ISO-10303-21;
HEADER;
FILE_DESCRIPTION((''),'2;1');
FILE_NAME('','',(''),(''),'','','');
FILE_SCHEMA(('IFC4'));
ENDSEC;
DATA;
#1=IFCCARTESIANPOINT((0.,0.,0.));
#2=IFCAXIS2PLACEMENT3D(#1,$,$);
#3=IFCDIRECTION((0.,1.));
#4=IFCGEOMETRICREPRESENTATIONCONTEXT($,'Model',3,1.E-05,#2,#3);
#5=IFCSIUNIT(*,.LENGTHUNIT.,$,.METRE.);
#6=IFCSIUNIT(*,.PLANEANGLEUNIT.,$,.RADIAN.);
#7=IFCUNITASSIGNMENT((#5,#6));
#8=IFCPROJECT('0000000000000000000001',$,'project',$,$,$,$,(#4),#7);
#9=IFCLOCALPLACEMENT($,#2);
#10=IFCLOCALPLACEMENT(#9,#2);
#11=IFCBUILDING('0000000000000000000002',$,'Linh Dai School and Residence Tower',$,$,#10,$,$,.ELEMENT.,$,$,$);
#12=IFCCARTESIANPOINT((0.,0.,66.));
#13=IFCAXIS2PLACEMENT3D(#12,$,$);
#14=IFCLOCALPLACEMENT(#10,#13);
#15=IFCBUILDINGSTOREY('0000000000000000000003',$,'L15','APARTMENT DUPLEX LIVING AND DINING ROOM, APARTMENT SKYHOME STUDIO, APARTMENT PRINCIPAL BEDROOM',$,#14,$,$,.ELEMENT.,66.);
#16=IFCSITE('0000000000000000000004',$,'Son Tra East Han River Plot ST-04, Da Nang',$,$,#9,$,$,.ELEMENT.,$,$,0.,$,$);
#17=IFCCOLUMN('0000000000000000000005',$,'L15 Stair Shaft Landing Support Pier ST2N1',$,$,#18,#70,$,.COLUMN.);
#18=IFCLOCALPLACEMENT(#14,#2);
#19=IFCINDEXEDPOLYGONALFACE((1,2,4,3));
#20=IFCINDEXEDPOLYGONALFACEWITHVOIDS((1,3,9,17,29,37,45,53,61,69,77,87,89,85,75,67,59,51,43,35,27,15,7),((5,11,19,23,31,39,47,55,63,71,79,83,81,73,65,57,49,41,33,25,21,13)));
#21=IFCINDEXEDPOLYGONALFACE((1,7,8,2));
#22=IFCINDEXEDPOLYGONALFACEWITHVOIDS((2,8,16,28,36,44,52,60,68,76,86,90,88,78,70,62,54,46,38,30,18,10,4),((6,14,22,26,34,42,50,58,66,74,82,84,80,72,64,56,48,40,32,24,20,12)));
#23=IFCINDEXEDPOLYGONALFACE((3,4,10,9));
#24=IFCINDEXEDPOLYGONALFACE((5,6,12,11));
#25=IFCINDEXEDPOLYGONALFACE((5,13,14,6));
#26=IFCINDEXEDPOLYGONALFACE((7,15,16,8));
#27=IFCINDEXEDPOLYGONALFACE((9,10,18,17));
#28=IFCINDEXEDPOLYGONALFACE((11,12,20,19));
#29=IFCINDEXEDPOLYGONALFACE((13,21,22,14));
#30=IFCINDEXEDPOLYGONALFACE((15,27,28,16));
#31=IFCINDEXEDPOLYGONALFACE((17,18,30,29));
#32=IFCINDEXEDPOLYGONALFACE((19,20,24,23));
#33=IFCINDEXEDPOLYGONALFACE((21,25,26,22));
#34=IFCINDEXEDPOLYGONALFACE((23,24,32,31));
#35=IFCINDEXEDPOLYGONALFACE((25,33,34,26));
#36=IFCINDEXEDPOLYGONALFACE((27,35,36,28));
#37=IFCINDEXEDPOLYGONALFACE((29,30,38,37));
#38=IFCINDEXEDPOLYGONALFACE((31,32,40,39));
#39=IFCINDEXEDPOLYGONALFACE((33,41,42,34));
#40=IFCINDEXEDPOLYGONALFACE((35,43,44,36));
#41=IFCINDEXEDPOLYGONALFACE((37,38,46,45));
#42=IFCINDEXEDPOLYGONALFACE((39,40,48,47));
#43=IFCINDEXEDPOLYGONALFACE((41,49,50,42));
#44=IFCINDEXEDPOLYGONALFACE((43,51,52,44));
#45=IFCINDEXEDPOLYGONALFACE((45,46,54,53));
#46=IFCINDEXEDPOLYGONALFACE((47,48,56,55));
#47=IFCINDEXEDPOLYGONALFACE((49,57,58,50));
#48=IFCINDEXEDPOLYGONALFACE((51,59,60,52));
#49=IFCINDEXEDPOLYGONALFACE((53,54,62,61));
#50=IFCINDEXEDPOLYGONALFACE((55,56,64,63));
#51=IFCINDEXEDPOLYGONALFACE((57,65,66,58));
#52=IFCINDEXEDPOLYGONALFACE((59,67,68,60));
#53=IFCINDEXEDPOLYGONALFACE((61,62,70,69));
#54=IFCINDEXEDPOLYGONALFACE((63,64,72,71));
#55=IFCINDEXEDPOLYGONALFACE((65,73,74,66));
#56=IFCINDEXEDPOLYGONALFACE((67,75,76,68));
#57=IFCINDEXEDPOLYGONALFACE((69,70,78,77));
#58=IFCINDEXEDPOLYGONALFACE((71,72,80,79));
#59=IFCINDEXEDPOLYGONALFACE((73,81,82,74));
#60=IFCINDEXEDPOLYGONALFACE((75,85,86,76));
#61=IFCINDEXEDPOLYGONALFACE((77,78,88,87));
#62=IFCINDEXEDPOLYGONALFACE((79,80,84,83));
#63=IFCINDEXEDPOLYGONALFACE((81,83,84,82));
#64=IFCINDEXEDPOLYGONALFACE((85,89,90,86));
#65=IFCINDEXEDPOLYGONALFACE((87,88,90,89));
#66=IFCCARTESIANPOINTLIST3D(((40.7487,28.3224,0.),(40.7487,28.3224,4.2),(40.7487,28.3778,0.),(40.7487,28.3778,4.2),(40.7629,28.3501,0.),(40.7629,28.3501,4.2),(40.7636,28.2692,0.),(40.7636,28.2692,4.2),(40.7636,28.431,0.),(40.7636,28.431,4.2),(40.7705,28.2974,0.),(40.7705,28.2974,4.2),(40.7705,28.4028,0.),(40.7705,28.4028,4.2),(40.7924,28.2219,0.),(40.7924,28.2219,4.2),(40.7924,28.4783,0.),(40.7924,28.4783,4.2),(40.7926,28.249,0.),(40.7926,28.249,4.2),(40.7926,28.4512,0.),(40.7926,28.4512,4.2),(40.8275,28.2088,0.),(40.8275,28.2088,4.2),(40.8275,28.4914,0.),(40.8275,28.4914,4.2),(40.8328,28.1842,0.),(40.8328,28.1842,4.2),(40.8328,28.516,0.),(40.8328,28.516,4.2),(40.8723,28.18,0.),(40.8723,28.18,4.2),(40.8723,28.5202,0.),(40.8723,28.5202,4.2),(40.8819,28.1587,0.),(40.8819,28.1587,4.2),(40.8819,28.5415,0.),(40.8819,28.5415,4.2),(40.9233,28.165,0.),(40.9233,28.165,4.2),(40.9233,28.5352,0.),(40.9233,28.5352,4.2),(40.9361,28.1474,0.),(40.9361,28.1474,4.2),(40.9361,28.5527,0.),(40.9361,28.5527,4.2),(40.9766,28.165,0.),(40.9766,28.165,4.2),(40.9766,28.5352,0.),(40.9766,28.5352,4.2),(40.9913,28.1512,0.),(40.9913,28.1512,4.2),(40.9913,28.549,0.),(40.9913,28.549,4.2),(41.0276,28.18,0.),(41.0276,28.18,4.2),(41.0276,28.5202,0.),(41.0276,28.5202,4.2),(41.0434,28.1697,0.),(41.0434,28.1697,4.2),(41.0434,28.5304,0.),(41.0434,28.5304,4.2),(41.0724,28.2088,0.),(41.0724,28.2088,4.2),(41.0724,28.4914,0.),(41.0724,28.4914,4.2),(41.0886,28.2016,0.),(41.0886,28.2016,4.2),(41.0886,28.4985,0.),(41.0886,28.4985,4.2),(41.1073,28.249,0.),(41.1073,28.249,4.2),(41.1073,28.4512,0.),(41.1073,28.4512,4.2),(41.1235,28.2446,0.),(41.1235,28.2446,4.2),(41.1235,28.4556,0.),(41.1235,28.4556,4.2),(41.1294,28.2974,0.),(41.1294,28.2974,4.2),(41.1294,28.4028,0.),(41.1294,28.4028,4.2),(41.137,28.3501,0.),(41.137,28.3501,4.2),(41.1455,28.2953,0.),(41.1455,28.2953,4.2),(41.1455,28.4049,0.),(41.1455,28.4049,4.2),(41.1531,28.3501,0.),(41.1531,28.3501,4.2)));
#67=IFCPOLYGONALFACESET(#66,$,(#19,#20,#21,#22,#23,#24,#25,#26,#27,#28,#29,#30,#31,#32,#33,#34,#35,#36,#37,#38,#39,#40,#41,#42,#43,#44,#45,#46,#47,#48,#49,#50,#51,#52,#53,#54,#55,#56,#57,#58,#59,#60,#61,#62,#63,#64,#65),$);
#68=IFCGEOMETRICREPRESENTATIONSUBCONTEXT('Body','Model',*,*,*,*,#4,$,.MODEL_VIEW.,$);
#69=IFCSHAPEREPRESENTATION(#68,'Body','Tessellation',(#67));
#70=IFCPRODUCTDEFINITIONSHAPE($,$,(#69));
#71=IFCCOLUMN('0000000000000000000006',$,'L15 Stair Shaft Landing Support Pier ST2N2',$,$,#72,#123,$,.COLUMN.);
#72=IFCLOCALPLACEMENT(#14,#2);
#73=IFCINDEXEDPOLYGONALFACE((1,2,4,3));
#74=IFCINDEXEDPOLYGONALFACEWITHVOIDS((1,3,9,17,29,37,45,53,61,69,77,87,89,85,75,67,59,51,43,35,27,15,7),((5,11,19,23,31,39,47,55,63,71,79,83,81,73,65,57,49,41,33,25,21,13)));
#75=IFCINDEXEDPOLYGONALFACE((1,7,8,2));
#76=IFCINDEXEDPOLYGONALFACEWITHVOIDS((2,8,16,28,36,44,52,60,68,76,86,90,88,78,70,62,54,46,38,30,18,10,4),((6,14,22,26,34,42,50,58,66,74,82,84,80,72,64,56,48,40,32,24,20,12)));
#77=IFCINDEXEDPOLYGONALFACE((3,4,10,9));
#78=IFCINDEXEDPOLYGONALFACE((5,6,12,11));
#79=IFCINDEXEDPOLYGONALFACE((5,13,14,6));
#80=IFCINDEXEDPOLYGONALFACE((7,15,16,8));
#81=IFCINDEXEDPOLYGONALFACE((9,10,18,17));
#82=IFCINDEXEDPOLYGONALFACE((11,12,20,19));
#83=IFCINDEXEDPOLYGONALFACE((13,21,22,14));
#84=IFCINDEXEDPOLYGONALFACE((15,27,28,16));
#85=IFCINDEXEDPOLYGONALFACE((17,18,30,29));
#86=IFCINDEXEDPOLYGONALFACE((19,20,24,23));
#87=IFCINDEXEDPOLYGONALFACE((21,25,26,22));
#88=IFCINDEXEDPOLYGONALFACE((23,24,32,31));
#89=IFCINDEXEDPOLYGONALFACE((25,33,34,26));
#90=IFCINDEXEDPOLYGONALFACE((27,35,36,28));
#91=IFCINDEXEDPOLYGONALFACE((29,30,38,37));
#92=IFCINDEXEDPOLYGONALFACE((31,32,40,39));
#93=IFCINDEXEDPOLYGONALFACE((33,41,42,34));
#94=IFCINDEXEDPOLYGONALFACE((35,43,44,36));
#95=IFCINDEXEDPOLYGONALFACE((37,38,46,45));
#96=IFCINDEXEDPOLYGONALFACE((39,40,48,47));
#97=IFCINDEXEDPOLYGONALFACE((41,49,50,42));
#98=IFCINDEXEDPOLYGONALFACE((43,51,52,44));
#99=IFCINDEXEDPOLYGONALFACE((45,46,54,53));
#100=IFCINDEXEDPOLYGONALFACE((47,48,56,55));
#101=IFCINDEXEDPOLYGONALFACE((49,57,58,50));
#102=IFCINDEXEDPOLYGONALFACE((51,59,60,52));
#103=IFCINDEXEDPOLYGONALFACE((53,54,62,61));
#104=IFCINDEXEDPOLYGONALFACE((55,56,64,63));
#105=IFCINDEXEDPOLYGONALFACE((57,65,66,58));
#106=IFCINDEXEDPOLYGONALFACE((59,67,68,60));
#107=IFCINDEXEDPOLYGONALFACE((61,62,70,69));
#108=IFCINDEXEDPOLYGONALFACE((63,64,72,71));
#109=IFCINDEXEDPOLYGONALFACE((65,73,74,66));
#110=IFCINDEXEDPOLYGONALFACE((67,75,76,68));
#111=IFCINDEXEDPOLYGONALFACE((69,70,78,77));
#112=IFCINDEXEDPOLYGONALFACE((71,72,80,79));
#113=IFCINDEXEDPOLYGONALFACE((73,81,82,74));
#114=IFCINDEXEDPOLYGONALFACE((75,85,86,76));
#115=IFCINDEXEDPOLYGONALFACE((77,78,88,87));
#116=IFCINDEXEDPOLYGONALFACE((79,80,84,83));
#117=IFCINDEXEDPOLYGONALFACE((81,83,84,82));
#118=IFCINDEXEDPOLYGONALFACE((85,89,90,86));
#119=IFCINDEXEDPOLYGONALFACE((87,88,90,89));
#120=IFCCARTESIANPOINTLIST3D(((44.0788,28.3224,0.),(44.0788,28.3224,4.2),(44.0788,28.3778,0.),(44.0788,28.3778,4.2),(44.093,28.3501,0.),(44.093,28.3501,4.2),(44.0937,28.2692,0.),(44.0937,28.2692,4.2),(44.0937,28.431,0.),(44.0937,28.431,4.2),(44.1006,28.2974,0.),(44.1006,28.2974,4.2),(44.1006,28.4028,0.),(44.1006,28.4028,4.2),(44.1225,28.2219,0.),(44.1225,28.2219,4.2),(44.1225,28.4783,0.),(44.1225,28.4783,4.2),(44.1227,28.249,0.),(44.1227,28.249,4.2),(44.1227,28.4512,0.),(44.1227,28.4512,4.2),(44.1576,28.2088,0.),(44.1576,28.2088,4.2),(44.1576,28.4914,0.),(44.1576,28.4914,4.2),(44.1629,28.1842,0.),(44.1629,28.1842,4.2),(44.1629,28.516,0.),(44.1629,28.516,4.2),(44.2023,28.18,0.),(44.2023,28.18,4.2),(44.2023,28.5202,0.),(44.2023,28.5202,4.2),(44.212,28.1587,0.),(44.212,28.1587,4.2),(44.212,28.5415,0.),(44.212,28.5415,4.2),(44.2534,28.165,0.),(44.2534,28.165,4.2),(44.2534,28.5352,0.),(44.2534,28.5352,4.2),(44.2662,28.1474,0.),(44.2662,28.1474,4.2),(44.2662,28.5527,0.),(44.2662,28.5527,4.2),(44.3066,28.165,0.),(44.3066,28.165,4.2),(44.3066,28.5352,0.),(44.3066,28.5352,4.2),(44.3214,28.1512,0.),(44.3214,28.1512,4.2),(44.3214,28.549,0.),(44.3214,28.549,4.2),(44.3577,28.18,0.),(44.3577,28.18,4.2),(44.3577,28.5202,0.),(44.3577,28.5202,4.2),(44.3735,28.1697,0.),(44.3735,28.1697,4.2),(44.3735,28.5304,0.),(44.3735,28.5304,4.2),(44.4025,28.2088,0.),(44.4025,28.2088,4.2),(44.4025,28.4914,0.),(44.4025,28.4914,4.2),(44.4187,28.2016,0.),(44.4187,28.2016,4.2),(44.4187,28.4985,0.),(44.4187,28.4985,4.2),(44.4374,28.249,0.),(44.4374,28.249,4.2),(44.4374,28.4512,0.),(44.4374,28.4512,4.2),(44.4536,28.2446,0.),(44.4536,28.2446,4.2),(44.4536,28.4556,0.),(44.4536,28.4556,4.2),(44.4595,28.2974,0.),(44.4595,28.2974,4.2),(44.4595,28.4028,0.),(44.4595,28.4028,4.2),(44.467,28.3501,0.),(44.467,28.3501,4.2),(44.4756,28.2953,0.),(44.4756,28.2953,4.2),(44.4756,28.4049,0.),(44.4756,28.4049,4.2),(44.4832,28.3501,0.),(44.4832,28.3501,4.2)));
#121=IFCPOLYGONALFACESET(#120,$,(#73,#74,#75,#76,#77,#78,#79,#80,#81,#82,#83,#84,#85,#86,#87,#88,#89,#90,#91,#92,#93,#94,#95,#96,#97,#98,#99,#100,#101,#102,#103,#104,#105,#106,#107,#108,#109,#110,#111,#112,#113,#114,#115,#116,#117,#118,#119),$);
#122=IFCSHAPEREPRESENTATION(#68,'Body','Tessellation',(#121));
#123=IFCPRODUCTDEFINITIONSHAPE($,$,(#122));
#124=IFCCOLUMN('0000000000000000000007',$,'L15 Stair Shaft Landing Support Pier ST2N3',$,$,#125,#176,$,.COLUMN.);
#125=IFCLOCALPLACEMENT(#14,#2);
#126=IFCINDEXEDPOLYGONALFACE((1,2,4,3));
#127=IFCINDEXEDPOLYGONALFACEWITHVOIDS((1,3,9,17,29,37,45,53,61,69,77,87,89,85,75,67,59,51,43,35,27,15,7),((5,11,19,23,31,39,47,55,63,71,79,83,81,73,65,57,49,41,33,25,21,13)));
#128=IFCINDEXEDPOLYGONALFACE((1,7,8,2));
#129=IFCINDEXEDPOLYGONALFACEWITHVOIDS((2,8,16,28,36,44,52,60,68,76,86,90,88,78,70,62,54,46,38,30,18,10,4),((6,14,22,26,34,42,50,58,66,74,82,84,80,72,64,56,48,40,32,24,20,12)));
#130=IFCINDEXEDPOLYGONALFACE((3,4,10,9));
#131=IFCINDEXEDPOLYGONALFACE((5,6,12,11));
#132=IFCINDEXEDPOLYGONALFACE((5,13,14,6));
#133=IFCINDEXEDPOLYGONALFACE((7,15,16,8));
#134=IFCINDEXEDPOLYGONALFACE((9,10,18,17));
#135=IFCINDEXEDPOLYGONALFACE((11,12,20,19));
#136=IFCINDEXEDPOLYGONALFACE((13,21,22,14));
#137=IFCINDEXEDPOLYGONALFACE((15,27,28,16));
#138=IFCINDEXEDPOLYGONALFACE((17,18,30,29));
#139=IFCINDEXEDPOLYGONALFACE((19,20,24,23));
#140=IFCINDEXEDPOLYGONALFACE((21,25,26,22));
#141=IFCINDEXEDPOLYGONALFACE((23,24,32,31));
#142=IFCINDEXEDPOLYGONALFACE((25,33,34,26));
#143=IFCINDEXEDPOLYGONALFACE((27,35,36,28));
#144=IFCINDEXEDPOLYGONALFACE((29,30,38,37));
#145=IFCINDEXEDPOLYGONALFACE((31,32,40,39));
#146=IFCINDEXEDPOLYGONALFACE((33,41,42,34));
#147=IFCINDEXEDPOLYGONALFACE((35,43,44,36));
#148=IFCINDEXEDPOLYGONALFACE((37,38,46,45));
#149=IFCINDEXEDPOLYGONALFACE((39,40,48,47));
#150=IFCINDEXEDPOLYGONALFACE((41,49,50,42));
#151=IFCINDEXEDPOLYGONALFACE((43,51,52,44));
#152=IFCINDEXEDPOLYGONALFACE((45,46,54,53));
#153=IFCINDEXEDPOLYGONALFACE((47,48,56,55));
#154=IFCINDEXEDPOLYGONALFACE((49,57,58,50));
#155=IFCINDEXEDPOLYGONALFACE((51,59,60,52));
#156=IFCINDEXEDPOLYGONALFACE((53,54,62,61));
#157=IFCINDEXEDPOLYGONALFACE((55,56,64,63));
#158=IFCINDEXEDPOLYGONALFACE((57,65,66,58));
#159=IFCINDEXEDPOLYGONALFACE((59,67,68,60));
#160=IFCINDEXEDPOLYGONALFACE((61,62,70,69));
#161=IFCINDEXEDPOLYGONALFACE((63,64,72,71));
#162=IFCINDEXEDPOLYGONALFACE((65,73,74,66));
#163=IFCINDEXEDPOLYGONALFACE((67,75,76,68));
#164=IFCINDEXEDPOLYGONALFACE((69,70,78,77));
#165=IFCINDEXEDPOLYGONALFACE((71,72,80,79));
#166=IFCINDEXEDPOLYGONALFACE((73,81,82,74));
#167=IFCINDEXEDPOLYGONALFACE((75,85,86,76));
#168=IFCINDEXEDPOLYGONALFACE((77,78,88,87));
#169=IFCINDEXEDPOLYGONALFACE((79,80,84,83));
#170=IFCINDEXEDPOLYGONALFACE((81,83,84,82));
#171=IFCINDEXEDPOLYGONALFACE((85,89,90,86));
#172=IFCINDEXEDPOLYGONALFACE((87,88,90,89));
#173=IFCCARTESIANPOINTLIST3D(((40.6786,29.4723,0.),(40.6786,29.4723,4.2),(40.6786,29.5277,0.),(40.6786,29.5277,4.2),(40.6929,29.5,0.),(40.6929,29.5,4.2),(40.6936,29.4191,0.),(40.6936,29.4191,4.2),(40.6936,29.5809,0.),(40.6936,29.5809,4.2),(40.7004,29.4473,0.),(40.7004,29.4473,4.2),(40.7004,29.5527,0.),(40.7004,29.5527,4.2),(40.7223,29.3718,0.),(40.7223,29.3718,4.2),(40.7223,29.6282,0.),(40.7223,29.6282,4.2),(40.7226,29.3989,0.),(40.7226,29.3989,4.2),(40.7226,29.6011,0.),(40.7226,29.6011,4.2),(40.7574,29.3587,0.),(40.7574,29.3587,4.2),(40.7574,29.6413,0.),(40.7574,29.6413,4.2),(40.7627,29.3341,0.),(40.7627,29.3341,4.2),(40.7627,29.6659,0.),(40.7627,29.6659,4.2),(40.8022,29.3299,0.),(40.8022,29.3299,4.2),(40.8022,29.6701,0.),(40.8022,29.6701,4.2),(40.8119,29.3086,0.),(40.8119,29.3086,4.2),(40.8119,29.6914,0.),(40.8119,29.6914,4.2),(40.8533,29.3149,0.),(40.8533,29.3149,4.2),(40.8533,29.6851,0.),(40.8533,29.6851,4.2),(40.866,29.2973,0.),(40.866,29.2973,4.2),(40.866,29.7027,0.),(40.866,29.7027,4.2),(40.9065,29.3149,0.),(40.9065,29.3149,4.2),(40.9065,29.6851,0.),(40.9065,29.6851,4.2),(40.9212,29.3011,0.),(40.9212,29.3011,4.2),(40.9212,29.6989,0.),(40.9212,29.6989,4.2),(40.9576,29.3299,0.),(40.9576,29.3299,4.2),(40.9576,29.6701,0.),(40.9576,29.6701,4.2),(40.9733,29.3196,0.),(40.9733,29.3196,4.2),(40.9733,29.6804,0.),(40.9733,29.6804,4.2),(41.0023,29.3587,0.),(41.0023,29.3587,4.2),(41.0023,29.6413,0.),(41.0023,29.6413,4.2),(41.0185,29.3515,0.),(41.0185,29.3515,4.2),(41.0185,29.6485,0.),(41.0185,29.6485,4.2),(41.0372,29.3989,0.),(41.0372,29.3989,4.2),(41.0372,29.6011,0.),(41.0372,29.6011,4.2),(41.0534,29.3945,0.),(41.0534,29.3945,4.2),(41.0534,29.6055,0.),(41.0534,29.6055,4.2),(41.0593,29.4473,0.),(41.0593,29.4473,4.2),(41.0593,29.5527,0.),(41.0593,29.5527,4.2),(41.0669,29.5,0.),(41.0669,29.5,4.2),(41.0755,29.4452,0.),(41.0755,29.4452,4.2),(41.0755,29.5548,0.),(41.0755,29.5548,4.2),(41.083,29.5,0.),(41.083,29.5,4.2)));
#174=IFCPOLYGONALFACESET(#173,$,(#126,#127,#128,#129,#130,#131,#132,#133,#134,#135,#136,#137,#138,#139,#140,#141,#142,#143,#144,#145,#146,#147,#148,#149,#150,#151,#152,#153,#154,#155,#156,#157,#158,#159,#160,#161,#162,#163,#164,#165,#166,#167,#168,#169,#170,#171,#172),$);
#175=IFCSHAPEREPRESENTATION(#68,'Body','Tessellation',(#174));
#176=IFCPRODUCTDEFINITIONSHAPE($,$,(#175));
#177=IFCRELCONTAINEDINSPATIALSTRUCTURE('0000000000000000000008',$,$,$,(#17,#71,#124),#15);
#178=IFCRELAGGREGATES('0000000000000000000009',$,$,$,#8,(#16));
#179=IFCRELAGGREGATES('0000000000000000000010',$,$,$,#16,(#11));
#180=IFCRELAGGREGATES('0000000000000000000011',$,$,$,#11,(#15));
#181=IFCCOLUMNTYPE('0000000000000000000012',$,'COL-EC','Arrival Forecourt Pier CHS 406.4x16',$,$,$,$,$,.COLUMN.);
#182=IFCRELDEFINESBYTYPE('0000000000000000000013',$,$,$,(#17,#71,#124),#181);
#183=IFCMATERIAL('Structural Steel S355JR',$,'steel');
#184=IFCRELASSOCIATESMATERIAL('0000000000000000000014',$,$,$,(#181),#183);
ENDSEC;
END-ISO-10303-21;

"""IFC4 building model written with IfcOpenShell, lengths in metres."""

from ifc_helpers import new_model, si_unit, direction, frame, origin, origin_2d, place, context, subcontext, project, spatial, hollow_circle, extrude, material, material_profile, profile_set, type_object, element, save


model = new_model("IFC4")

# Units and contexts
model_context = context("Model", 3, precision=1e-05, world=origin(), true_north=direction((0.0, 1.0)))
body_context = subcontext(model_context, "Body", "Model", "MODEL_VIEW")
ifc_project = project(units=[si_unit("LENGTHUNIT", "METRE"), si_unit("PLANEANGLEUNIT", "RADIAN")], contexts=[model_context])

# Site, building, storey
site_placement = place(None, origin())
site = spatial("IfcSite", under=ifc_project, at=site_placement, Name="Son Tra East Han River Plot ST-04, Da Nang", CompositionType="ELEMENT", RefElevation=0.0)
building_placement = place(site_placement, origin())
building = spatial("IfcBuilding", under=site, at=building_placement, Name="Linh Dai School and Residence Tower", CompositionType="ELEMENT")
storey_placement = place(building_placement, frame((0.0, 0.0, 66.0)))
storey = spatial("IfcBuildingStorey", under=building, at=storey_placement, Name="L15", Description="APARTMENT DUPLEX LIVING AND DINING ROOM, APARTMENT SKYHOME STUDIO, APARTMENT PRINCIPAL BEDROOM", CompositionType="ELEMENT", Elevation=66.0)

# Columns
ifc_material_1 = material(Name="Structural Steel S355JR", Category="steel")
ifc_material_profile_1 = material_profile(ifc_material_1, hollow_circle(Radius=0.2031, WallThickness=0.0161, at=origin_2d()), Name="CHS 406.4x16")
ifc_profile_set_1 = profile_set([ifc_material_profile_1], Name="Structural Steel S355JR")
column_type_1 = type_object("IfcColumnType", Name="COL-EC", Description="Arrival Forecourt Pier CHS 406.4x16", PredefinedType="COLUMN", material=ifc_profile_set_1)
for number, where, z_axis, x_axis, name in (
    (1, (40.95, 28.3501, 0.0), (0.0, 0.0, 1.0), (1.0, 0.0, 0.0), "L15 Stair Shaft Landing Support Pier ST2N1"),
    (2, (44.28, 28.3501, 0.0), (0.0, 0.0, 1.0), (1.0, 0.0, 0.0), "L15 Stair Shaft Landing Support Pier ST2N2"),
    (3, (40.8799, 29.5, 0.0), (0.0, 0.0, 1.0), (1.0, 0.0, 0.0), "L15 Stair Shaft Landing Support Pier ST2N3"),
):
    element("IfcColumn", number, at=place(storey_placement, frame(where, z_axis=z_axis, x_axis=x_axis)), inside=storey, type_object=column_type_1, Name=name, PredefinedType="COLUMN", context=body_context, shape_type="SweptSolid", body=[
        extrude(hollow_circle(Radius=0.2031, WallThickness=0.0161, at=origin_2d()), origin(), (0.0, 0.0, 1.0), 4.2),
    ])

save(model, "model.ifc")
